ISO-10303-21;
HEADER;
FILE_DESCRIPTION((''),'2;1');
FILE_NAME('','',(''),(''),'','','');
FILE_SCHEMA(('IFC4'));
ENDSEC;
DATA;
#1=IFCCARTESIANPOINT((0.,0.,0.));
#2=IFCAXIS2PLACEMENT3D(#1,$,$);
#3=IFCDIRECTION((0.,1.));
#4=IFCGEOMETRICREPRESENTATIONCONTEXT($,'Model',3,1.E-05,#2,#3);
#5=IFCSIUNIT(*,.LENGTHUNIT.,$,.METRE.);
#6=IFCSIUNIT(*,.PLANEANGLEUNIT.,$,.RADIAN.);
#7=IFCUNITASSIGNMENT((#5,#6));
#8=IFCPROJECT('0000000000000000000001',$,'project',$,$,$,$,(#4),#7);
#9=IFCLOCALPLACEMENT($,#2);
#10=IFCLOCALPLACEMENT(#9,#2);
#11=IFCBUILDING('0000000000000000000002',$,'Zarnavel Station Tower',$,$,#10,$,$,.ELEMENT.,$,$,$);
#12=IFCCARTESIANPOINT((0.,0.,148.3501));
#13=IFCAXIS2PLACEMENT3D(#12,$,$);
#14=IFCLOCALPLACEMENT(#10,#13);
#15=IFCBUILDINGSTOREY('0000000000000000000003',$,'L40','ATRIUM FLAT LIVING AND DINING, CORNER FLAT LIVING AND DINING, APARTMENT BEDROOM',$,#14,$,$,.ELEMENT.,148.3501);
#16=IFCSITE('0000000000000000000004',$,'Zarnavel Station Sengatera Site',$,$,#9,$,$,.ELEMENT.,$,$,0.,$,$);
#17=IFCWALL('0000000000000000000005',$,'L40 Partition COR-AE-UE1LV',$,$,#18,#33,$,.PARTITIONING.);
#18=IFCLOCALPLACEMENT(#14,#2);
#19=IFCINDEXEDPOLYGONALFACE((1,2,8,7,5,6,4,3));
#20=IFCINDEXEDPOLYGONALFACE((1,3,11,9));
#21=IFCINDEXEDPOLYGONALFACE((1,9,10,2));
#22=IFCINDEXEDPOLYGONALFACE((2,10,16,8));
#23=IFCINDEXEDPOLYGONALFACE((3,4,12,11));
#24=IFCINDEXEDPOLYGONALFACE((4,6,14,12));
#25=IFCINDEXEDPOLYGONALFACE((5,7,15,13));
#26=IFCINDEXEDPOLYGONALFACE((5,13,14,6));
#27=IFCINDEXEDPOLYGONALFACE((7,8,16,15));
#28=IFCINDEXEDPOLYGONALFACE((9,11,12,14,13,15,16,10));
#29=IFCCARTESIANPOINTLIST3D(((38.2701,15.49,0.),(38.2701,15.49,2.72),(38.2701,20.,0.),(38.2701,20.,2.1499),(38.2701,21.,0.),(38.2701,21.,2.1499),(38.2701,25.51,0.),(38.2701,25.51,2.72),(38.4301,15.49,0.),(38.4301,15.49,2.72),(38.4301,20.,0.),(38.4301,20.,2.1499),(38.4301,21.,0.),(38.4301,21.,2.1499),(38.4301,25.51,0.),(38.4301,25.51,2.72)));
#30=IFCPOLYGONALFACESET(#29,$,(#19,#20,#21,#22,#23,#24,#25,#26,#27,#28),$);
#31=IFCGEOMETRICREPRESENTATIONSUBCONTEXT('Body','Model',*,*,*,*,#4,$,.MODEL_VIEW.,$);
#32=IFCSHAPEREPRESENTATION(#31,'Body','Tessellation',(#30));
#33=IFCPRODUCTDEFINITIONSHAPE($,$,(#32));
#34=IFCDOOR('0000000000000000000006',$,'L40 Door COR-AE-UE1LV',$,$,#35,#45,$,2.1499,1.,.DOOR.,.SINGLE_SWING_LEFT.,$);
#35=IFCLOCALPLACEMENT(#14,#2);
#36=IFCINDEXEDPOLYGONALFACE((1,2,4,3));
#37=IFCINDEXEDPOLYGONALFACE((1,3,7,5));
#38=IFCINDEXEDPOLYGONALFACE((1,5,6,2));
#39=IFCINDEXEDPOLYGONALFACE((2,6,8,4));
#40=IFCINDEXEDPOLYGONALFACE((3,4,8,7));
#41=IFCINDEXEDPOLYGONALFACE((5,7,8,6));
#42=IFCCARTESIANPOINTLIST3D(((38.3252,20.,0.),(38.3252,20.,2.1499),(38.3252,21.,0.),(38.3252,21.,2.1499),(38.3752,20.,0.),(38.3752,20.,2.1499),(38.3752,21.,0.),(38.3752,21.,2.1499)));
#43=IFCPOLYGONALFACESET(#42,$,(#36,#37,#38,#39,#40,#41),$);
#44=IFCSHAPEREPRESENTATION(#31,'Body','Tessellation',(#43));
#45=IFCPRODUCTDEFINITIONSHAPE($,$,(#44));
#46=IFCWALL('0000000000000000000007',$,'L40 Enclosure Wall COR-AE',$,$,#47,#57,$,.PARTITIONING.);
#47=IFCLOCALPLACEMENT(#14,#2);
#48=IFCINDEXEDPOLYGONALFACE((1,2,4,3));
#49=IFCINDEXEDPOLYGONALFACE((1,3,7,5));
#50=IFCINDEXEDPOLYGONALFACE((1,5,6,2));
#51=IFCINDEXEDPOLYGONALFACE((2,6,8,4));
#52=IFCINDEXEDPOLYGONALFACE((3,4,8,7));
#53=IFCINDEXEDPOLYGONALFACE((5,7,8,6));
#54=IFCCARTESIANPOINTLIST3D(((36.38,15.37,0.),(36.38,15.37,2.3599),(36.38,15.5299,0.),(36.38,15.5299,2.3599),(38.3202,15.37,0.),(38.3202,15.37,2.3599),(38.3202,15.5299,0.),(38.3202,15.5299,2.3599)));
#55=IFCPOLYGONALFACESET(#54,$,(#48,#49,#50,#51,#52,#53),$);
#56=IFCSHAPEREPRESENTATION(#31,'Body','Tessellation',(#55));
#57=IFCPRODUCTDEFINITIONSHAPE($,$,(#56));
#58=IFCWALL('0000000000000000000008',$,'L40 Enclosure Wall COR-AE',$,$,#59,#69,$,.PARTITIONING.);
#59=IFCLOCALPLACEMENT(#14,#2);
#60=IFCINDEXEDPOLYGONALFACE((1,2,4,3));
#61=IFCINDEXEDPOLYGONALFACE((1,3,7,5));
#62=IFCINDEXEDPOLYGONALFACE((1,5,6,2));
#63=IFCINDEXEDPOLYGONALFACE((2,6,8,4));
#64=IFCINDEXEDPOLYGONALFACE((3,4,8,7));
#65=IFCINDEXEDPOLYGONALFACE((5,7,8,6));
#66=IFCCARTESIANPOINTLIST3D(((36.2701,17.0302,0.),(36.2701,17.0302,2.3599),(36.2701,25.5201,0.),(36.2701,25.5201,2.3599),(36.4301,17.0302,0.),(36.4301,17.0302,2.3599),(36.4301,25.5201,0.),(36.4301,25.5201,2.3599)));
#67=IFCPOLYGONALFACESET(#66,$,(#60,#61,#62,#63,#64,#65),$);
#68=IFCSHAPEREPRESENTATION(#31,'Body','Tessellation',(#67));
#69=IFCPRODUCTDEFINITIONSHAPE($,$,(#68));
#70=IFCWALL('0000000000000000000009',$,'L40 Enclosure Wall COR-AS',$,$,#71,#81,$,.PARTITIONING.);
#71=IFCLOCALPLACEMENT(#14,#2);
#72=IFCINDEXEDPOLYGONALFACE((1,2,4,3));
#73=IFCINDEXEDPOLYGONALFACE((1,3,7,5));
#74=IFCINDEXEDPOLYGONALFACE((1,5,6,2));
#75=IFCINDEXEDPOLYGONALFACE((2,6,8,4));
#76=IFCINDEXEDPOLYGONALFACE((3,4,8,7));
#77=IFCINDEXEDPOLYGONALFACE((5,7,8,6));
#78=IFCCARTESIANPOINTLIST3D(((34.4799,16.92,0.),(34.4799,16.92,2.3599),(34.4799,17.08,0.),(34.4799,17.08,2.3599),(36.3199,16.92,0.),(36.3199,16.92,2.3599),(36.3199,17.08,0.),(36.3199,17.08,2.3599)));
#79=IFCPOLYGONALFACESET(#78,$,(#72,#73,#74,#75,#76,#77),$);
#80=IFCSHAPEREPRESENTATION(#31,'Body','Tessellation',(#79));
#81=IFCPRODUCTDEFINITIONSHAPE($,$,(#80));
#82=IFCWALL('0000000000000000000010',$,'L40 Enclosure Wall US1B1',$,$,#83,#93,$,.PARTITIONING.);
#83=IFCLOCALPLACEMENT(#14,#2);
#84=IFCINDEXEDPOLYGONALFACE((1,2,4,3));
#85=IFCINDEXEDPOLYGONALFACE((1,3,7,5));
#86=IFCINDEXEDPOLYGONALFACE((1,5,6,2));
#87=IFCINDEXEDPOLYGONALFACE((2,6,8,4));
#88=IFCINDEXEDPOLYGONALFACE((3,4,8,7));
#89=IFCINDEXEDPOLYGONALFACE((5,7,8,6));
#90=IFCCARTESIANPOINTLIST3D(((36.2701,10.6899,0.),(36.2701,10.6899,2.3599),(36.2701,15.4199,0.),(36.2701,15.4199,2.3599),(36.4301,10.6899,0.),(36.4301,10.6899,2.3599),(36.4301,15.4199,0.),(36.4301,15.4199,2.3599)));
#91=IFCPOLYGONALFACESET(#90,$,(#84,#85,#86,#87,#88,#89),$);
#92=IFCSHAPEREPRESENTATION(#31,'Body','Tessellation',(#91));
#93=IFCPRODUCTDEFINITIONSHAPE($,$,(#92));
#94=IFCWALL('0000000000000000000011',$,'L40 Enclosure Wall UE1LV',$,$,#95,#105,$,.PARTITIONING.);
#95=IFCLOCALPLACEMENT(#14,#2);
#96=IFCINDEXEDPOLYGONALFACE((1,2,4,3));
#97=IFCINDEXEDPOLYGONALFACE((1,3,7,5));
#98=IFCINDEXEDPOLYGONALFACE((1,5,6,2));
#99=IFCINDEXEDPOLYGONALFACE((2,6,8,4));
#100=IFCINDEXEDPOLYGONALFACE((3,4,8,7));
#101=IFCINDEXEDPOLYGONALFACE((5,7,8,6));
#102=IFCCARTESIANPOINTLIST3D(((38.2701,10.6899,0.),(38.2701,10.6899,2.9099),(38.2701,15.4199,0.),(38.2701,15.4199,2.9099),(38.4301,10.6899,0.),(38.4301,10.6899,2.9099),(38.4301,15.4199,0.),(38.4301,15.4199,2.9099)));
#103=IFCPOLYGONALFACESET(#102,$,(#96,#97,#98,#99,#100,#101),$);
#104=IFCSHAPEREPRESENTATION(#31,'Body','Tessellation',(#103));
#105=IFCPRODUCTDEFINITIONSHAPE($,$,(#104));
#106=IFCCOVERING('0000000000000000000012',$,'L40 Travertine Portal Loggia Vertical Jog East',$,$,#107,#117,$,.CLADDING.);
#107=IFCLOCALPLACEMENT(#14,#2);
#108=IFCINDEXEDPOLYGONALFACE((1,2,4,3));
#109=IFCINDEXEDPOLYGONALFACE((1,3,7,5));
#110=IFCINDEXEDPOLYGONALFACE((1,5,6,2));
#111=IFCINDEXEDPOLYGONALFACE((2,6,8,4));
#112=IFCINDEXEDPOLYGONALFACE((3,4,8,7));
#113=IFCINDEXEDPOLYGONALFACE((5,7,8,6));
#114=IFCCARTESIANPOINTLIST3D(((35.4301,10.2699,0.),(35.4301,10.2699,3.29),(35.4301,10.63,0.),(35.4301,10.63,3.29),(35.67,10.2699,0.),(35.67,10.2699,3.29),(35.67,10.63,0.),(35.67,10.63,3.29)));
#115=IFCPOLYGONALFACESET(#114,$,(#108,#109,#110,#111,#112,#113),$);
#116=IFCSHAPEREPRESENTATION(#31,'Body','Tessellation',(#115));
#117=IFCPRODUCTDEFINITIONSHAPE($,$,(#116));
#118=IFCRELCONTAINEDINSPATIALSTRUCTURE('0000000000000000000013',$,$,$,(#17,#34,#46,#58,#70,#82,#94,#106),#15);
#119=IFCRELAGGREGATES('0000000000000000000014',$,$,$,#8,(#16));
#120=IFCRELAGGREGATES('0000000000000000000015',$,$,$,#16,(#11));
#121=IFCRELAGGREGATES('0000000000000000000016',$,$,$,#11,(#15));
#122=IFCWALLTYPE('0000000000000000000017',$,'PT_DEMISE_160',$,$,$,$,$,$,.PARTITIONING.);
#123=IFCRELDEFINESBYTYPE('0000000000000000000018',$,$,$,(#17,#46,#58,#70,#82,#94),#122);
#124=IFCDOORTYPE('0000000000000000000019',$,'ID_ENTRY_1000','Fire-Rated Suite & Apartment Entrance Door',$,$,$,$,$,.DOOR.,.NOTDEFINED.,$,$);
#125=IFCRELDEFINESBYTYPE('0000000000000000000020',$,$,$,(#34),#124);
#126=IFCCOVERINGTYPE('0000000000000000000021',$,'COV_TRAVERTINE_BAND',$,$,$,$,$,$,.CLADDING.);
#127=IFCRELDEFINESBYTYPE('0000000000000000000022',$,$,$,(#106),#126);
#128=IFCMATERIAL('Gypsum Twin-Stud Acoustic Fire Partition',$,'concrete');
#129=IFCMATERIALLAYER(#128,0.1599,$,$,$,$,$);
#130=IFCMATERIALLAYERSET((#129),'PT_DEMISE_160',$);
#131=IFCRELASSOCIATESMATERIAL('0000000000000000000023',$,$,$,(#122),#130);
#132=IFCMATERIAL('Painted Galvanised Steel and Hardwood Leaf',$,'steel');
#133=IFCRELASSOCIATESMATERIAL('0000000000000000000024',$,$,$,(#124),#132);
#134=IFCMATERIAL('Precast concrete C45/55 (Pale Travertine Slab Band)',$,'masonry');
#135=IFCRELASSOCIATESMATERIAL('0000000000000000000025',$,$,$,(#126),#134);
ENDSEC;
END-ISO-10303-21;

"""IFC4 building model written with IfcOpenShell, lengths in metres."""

from ifc_helpers import new_model, si_unit, direction, frame, frame_2d, origin, origin_2d, place, context, subcontext, project, spatial, rectangle, extrude, material, layer, layer_set, type_object, element, fill, save


model = new_model("IFC4")

# Units and contexts
model_context = context("Model", 3, precision=1e-05, world=origin(), true_north=direction((0.0, 1.0)))
body_context = subcontext(model_context, "Body", "Model", "MODEL_VIEW")
ifc_project = project(units=[si_unit("LENGTHUNIT", "METRE"), si_unit("PLANEANGLEUNIT", "RADIAN")], contexts=[model_context])

# Site, building, storey
site_placement = place(None, origin())
site = spatial("IfcSite", under=ifc_project, at=site_placement, Name="Zarnavel Station Sengatera Site", CompositionType="ELEMENT", RefElevation=0.0)
building_placement = place(site_placement, origin())
building = spatial("IfcBuilding", under=site, at=building_placement, Name="Zarnavel Station Tower", CompositionType="ELEMENT")
storey_placement = place(building_placement, frame((0.0, 0.0, 148.3501)))
storey = spatial("IfcBuildingStorey", under=building, at=storey_placement, Name="L40", Description="ATRIUM FLAT LIVING AND DINING, CORNER FLAT LIVING AND DINING, APARTMENT BEDROOM", CompositionType="ELEMENT", Elevation=148.3501)

# Wall, opening, door
ifc_material_1 = material(Name="Gypsum Twin-Stud Acoustic Fire Partition", Category="concrete")
ifc_layer_1 = layer(ifc_material_1, 0.1599)
ifc_layer_set_1 = layer_set([ifc_layer_1], Name="PT_DEMISE_160")
wall_type = type_object("IfcWallType", Name="PT_DEMISE_160", PredefinedType="PARTITIONING", material=ifc_layer_set_1)
wall_1_placement = place(storey_placement, frame((38.3501, 15.49, 0.0), z_axis=(0.0, 0.0, 1.0), x_axis=(0.0, 1.0, 0.0)))
wall_1 = element("IfcWall", 1, at=wall_1_placement, inside=storey, type_object=wall_type, Name="L40 Partition COR-AE-UE1LV", PredefinedType="PARTITIONING", context=body_context, shape_type="SweptSolid", body=[
    extrude(rectangle(XDim=10.02, YDim=0.1599, at=frame_2d((5.01, 0.0))), origin(), (0.0, 0.0, 1.0), 2.72),
])
opening_placement = place(wall_1_placement, frame((4.51, 0.0, 0.0)))
opening = element("IfcOpeningElement", 2, at=opening_placement, cuts=wall_1, PredefinedType="OPENING", context=body_context, shape_type="SweptSolid", body=[
    extrude(rectangle(XDim=1.0, YDim=2.1499, at=frame_2d((0.5, 1.075))), frame((0.0, 0.0898, 0.0), z_axis=(0.0, -1.0, 0.0), x_axis=(1.0, 0.0, 0.0)), (0.0, 0.0, 1.0), 0.1799),
])
ifc_material_2 = material(Name="Painted Galvanised Steel and Hardwood Leaf", Category="steel")
door_type = type_object("IfcDoorType", Name="ID_ENTRY_1000", Description="Fire-Rated Suite & Apartment Entrance Door", OperationType="NOTDEFINED", PredefinedType="DOOR", material=ifc_material_2)
door_placement = place(opening_placement, origin())
door = element("IfcDoor", 3, at=door_placement, inside=storey, type_object=door_type, Name="L40 Door COR-AE-UE1LV", OperationType="SINGLE_SWING_LEFT", OverallHeight=2.1499, OverallWidth=1.0, PredefinedType="DOOR", context=body_context, shape_type="SweptSolid", body=[
    extrude(rectangle(XDim=1.0, YDim=2.1499, at=frame_2d((0.5, 1.075))), frame((0.0, 0.0249, 0.0), z_axis=(0.0, -1.0, 0.0), x_axis=(1.0, 0.0, 0.0)), (0.0, 0.0, 1.0), 0.05),
])
fill(opening, door)

# Walls
wall_2_placement = place(storey_placement, frame((36.3799, 15.45, 0.0), z_axis=(0.0, 0.0, 1.0), x_axis=(1.0, 0.0, 0.0)))
element("IfcWall", 4, at=wall_2_placement, inside=storey, type_object=wall_type, Name="L40 Enclosure Wall COR-AE", PredefinedType="PARTITIONING", context=body_context, shape_type="SweptSolid", body=[
    extrude(rectangle(XDim=1.9402, YDim=0.1599, at=frame_2d((0.9702, 0.0))), origin(), (0.0, 0.0, 1.0), 2.3599),
])
wall_3_placement = place(storey_placement, frame((36.3501, 17.03, 0.0), z_axis=(0.0, 0.0, 1.0), x_axis=(0.0, 1.0, 0.0)))
element("IfcWall", 5, at=wall_3_placement, inside=storey, type_object=wall_type, Name="L40 Enclosure Wall COR-AE", PredefinedType="PARTITIONING", context=body_context, shape_type="SweptSolid", body=[
    extrude(rectangle(XDim=8.49, YDim=0.1599, at=frame_2d((4.2451, 0.0))), origin(), (0.0, 0.0, 1.0), 2.3599),
])
wall_4_placement = place(storey_placement, frame((34.48, 17.0, 0.0), z_axis=(0.0, 0.0, 1.0), x_axis=(1.0, 0.0, 0.0)))
element("IfcWall", 6, at=wall_4_placement, inside=storey, type_object=wall_type, Name="L40 Enclosure Wall COR-AS", PredefinedType="PARTITIONING", context=body_context, shape_type="SweptSolid", body=[
    extrude(rectangle(XDim=1.8401, YDim=0.1599, at=frame_2d((0.9199, 0.0))), origin(), (0.0, 0.0, 1.0), 2.3599),
])
wall_5_placement = place(storey_placement, frame((36.3501, 10.6899, 0.0), z_axis=(0.0, 0.0, 1.0), x_axis=(0.0, 1.0, 0.0)))
element("IfcWall", 7, at=wall_5_placement, inside=storey, type_object=wall_type, Name="L40 Enclosure Wall US1B1", PredefinedType="PARTITIONING", context=body_context, shape_type="SweptSolid", body=[
    extrude(rectangle(XDim=4.73, YDim=0.1599, at=frame_2d((2.365, 0.0))), origin(), (0.0, 0.0, 1.0), 2.3599),
])
wall_6_placement = place(storey_placement, frame((38.3501, 10.6899, 0.0), z_axis=(0.0, 0.0, 1.0), x_axis=(0.0, 1.0, 0.0)))
element("IfcWall", 8, at=wall_6_placement, inside=storey, type_object=wall_type, Name="L40 Enclosure Wall UE1LV", PredefinedType="PARTITIONING", context=body_context, shape_type="SweptSolid", body=[
    extrude(rectangle(XDim=4.73, YDim=0.1599, at=frame_2d((2.365, 0.0))), origin(), (0.0, 0.0, 1.0), 2.9099),
])

# Covering
ifc_material_3 = material(Name="Precast concrete C45/55 (Pale Travertine Slab Band)", Category="masonry")
covering_type = type_object("IfcCoveringType", Name="COV_TRAVERTINE_BAND", PredefinedType="CLADDING", material=ifc_material_3)
covering_placement = place(storey_placement, frame((35.55, 10.45, 0.0), z_axis=(0.0, 0.0, 1.0), x_axis=(1.0, 0.0, 0.0)))
element("IfcCovering", 9, at=covering_placement, inside=storey, type_object=covering_type, Name="L40 Travertine Portal Loggia Vertical Jog East", PredefinedType="CLADDING", context=body_context, shape_type="SweptSolid", body=[
    extrude(rectangle(XDim=0.24, YDim=0.3601, at=origin_2d()), origin(), (0.0, 0.0, 1.0), 3.29),
])

save(model, "model.ifc")
